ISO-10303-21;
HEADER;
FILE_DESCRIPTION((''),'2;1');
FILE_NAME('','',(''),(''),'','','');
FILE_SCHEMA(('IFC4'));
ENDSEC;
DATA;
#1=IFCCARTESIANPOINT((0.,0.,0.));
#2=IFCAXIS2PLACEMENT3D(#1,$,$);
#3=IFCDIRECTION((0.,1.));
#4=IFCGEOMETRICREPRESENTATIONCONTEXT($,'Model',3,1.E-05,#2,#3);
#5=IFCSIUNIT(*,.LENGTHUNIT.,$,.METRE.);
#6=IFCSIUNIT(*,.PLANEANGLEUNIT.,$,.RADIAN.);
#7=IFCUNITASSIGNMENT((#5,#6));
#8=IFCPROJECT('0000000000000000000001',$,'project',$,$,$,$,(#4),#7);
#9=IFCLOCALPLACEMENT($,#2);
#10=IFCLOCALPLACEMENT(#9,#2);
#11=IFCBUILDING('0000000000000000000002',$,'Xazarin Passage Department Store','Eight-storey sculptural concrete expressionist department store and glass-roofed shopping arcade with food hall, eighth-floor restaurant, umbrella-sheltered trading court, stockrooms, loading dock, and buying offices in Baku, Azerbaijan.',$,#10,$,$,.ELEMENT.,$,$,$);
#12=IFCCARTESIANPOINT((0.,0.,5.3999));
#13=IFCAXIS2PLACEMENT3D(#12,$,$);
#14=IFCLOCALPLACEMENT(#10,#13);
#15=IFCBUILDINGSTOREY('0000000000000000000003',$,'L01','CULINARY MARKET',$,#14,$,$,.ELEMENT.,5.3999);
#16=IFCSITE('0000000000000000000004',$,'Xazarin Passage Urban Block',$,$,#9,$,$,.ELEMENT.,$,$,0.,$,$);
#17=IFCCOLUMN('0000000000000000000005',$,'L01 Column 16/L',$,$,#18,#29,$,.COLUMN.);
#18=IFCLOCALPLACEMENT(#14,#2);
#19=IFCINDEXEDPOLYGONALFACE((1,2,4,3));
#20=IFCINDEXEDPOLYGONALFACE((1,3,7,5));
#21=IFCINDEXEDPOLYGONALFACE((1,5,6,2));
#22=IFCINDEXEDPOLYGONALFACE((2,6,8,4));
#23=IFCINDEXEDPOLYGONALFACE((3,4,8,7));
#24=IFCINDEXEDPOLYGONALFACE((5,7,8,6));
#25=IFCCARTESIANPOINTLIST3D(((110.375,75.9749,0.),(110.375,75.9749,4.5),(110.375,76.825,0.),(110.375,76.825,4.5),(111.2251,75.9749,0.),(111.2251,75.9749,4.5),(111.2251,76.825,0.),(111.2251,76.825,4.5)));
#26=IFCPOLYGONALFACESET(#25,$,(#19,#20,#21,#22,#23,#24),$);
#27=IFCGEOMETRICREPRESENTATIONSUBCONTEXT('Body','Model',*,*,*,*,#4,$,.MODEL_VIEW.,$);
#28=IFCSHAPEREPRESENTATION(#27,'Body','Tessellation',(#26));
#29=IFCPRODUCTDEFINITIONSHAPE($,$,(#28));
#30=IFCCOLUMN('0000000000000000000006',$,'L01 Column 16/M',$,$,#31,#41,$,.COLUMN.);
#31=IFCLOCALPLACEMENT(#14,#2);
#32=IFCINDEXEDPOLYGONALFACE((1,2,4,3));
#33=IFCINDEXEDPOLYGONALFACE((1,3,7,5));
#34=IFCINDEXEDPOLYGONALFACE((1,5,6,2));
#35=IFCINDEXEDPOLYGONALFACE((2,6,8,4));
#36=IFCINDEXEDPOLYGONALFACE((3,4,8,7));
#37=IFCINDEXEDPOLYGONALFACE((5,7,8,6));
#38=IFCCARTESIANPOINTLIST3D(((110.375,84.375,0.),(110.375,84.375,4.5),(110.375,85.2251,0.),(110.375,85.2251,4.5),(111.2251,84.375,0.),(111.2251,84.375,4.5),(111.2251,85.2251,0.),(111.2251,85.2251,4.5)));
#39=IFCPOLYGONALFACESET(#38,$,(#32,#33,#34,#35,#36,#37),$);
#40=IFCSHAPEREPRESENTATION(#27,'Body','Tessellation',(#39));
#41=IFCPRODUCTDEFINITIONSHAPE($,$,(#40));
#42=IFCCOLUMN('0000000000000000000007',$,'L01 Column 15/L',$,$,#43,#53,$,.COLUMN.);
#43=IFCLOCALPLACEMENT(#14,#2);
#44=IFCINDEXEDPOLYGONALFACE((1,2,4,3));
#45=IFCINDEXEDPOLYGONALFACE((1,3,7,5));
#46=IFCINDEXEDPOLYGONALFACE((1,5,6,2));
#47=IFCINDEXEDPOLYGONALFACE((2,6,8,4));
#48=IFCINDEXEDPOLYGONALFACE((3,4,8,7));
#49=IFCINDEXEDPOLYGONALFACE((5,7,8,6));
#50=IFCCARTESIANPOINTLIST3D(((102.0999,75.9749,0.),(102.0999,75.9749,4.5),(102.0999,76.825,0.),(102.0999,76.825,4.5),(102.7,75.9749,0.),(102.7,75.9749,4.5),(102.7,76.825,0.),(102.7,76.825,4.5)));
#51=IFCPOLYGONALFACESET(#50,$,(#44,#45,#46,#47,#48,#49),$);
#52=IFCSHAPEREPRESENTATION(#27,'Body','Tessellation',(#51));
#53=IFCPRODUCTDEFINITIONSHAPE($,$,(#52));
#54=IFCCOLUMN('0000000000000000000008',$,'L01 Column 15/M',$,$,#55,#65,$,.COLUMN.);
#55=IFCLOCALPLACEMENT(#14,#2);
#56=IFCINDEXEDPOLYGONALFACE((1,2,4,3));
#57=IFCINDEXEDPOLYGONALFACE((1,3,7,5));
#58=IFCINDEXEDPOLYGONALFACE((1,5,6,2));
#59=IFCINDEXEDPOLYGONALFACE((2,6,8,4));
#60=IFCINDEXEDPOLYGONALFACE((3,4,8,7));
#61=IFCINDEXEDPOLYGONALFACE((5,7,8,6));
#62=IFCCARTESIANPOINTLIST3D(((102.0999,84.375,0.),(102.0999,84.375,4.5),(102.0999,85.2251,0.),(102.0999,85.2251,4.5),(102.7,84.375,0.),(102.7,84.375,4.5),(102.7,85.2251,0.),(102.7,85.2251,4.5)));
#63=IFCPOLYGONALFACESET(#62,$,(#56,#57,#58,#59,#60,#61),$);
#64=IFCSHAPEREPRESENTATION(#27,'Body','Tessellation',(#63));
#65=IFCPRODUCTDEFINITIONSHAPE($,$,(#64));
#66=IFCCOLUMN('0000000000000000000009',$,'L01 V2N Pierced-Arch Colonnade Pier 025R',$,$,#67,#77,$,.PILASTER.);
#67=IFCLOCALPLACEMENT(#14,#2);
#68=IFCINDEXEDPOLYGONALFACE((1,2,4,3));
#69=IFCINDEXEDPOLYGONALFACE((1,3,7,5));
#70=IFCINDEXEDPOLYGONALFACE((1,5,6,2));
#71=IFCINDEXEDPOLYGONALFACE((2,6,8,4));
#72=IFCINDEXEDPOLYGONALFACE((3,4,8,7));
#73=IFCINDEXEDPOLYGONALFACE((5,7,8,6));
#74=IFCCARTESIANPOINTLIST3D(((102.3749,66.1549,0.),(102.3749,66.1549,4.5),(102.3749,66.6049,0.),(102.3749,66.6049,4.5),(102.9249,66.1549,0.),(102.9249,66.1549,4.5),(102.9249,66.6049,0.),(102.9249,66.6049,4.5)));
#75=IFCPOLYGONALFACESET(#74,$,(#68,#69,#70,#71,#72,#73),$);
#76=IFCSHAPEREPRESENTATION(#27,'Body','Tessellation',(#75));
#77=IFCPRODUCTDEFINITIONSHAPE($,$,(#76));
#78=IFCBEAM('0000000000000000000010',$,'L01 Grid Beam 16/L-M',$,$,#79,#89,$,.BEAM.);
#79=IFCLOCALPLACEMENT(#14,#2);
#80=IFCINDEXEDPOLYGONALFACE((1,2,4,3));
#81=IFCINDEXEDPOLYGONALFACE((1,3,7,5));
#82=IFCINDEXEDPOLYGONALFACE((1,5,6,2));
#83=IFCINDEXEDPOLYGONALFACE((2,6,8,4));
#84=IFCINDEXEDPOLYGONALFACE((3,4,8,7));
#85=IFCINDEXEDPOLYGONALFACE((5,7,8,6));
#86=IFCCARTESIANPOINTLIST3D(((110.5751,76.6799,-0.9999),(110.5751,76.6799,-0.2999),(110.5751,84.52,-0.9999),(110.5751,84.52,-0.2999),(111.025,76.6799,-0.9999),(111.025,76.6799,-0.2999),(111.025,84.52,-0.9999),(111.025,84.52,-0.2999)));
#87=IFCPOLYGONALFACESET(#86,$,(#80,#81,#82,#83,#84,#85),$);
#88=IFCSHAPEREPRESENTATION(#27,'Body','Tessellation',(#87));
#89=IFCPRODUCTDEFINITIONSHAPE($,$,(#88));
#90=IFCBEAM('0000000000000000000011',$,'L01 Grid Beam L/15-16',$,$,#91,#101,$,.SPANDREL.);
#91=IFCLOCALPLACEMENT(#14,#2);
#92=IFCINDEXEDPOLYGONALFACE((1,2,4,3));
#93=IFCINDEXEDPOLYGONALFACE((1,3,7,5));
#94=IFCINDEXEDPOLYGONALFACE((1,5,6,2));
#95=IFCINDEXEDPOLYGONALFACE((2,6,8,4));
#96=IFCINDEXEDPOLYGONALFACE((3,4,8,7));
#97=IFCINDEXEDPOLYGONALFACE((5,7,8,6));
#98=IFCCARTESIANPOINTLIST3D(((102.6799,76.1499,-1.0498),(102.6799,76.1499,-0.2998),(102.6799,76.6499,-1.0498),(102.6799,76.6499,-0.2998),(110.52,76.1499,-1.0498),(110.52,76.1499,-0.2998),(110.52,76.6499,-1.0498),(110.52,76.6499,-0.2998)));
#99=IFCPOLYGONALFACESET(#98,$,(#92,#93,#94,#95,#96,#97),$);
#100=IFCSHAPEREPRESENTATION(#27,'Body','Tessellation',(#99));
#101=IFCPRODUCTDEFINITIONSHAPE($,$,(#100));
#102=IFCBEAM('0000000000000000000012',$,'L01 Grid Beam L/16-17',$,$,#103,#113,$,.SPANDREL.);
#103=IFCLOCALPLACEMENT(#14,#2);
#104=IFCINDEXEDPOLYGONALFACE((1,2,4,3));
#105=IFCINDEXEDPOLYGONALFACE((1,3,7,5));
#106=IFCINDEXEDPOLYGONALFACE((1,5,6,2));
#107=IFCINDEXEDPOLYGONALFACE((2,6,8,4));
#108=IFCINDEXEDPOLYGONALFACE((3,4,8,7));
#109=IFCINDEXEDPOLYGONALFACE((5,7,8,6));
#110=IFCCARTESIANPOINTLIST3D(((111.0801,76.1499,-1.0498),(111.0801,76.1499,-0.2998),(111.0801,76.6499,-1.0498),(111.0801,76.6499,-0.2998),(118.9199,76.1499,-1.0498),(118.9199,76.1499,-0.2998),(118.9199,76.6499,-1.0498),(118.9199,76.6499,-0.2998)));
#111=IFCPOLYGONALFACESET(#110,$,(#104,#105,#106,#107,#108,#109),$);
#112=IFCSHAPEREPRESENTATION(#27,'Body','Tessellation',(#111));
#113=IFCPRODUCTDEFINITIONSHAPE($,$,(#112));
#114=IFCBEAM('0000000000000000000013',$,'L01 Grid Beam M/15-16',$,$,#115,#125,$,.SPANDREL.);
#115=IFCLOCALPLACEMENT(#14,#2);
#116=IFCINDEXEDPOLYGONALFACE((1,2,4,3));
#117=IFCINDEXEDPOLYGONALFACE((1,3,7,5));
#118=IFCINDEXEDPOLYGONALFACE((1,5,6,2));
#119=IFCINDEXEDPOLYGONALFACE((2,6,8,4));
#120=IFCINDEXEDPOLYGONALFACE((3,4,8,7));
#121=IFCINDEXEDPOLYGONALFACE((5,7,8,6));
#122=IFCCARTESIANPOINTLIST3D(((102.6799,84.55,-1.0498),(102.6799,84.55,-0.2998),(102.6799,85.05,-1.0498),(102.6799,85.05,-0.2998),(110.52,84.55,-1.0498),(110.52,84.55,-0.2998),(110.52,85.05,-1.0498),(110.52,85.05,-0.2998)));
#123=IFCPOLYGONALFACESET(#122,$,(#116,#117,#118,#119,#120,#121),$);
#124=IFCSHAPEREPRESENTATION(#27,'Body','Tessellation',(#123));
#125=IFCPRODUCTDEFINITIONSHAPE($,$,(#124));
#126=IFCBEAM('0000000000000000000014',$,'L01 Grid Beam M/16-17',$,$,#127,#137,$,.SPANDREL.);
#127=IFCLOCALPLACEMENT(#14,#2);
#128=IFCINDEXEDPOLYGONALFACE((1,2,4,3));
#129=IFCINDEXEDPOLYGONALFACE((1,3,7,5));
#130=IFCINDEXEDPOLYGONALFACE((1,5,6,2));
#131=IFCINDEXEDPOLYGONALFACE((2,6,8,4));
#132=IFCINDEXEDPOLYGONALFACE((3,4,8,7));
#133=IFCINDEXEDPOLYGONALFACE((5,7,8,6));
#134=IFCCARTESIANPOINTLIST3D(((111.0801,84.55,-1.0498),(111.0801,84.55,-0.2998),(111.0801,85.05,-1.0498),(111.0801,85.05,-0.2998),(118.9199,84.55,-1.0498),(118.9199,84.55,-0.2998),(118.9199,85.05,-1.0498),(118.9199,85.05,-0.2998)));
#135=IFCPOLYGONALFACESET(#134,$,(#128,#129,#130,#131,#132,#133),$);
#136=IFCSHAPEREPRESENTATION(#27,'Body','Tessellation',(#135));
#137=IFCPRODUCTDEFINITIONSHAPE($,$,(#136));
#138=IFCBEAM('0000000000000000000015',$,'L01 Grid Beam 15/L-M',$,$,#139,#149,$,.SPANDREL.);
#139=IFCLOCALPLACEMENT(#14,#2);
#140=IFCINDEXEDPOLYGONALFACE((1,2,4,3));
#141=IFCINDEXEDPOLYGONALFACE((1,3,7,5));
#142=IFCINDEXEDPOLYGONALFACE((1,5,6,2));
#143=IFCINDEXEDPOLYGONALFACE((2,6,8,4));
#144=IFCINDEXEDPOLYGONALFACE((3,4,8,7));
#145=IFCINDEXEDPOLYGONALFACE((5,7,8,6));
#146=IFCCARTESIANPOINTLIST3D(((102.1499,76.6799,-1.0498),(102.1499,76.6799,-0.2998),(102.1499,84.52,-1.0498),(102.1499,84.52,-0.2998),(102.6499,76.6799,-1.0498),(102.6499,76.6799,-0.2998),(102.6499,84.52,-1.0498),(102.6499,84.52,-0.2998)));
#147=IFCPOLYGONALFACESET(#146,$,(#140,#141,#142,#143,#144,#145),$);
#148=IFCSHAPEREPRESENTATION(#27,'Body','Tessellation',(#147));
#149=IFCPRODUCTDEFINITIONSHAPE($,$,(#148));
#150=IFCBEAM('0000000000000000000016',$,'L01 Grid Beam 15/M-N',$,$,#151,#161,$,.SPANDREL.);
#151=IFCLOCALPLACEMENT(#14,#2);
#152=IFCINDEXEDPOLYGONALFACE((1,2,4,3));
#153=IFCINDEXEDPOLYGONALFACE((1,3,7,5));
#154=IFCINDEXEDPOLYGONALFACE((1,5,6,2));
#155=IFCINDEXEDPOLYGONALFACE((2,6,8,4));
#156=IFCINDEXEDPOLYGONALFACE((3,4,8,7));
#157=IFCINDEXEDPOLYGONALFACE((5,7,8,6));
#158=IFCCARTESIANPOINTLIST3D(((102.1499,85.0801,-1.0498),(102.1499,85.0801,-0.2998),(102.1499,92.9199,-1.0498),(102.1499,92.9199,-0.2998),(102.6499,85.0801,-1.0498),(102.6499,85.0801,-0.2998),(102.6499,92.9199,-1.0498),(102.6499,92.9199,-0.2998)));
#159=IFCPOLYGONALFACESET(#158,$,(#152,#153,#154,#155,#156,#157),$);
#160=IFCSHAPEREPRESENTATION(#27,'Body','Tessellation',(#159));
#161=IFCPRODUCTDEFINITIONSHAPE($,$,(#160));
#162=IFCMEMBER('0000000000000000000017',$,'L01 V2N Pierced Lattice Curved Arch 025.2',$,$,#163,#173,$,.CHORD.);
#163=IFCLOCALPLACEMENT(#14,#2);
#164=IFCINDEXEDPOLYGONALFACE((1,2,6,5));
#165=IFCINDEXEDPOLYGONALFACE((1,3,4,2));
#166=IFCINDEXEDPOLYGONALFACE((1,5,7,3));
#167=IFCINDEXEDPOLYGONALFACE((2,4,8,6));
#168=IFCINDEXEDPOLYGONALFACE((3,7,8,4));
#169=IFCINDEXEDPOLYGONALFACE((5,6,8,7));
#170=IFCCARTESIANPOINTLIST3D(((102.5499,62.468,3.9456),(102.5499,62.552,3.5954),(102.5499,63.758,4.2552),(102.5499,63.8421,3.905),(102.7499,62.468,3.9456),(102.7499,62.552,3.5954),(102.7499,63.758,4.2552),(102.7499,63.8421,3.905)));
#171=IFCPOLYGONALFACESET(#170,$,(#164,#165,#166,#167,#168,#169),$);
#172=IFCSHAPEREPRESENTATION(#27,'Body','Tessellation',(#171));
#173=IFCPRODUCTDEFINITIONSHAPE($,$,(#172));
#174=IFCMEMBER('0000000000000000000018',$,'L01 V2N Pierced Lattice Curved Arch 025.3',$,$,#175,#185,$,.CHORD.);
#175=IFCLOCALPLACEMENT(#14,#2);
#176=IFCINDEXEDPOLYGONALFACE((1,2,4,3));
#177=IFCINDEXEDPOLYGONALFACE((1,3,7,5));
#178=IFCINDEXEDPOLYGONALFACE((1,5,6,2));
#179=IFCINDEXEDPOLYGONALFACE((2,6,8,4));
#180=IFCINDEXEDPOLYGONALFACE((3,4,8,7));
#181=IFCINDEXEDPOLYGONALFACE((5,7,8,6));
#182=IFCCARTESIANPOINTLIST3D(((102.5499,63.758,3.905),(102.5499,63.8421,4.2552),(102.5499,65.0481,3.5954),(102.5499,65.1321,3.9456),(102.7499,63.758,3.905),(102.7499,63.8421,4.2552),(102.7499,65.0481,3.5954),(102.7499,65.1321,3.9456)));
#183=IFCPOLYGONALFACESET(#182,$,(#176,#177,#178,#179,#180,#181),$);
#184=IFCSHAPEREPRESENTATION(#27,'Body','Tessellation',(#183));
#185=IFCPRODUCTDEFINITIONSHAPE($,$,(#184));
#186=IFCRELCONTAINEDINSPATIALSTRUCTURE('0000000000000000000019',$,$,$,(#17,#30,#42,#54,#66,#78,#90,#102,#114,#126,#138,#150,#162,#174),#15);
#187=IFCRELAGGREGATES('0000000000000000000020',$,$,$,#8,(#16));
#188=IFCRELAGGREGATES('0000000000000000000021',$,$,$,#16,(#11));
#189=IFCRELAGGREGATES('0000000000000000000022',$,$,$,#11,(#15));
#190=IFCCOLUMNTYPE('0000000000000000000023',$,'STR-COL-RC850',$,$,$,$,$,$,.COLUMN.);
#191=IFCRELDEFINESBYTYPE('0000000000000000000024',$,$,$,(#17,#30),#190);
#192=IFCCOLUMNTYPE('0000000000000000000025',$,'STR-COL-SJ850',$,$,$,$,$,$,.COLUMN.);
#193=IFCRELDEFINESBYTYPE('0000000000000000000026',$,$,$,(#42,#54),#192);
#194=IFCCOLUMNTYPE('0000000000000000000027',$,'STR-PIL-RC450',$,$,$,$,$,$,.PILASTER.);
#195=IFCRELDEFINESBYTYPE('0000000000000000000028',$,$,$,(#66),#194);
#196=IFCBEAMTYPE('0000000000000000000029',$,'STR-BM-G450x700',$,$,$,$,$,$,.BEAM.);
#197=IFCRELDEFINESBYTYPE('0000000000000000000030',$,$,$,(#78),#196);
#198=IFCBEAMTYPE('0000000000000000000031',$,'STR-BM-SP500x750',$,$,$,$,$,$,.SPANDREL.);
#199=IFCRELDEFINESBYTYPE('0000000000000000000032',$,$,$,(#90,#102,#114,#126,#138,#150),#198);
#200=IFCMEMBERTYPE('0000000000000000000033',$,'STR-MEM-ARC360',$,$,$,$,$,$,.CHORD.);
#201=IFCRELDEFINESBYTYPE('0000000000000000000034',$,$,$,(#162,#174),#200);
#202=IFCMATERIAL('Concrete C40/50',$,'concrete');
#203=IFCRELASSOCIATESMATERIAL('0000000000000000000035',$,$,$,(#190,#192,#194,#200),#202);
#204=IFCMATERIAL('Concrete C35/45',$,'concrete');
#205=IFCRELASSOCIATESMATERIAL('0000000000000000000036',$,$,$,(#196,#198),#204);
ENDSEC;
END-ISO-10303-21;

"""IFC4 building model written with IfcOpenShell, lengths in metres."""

from ifc_helpers import new_model, si_unit, direction, frame, origin, origin_2d, place, context, subcontext, project, spatial, rectangle, extrude, material, material_profile, profile_set, type_object, element, save


model = new_model("IFC4")

# Units and contexts
model_context = context("Model", 3, precision=1e-05, world=origin(), true_north=direction((0.0, 1.0)))
body_context = subcontext(model_context, "Body", "Model", "MODEL_VIEW")
ifc_project = project(units=[si_unit("LENGTHUNIT", "METRE"), si_unit("PLANEANGLEUNIT", "RADIAN")], contexts=[model_context])

# Site, building, storey
site_placement = place(None, origin())
site = spatial("IfcSite", under=ifc_project, at=site_placement, Name="Xazarin Passage Urban Block", CompositionType="ELEMENT", RefElevation=0.0)
building_placement = place(site_placement, origin())
building = spatial("IfcBuilding", under=site, at=building_placement, Name="Xazarin Passage Department Store", Description="Eight-storey sculptural concrete expressionist department store and glass-roofed shopping arcade with food hall, eighth-floor restaurant, umbrella-sheltered trading court, stockrooms, loading dock, and buying offices in Baku, Azerbaijan.", CompositionType="ELEMENT")
storey_placement = place(building_placement, frame((0.0, 0.0, 5.3999)))
storey = spatial("IfcBuildingStorey", under=building, at=storey_placement, Name="L01", Description="CULINARY MARKET", CompositionType="ELEMENT", Elevation=5.3999)

# Columns
ifc_material_1 = material(Name="Concrete C40/50", Category="concrete")
ifc_material_profile_1 = material_profile(ifc_material_1, rectangle(XDim=0.8501, YDim=0.8501, at=origin_2d()), Name="RC 850x850")
ifc_profile_set_1 = profile_set([ifc_material_profile_1], Name="Concrete C40/50")
column_type_1 = type_object("IfcColumnType", Name="STR-COL-RC850", PredefinedType="COLUMN", material=ifc_profile_set_1)
for number, where, z_axis, x_axis, name in (
    (1, (110.8, 76.3999, 0.0), (0.0, 0.0, 1.0), (1.0, 0.0, 0.0), "L01 Column 16/L"),
    (2, (110.8, 84.8, 0.0), (0.0, 0.0, 1.0), (1.0, 0.0, 0.0), "L01 Column 16/M"),
):
    element("IfcColumn", number, at=place(storey_placement, frame(where, z_axis=z_axis, x_axis=x_axis)), inside=storey, type_object=column_type_1, Name=name, PredefinedType="COLUMN", context=body_context, shape_type="SweptSolid", body=[
        extrude(rectangle(XDim=0.8501, YDim=0.8501, at=origin_2d()), origin(), (0.0, 0.0, 1.0), 4.5),
    ])
ifc_material_profile_2 = material_profile(ifc_material_1, rectangle(XDim=0.6001, YDim=0.8501, at=origin_2d()), Name="RC 600x850")
ifc_profile_set_2 = profile_set([ifc_material_profile_2], Name="Concrete C40/50")
column_type_2 = type_object("IfcColumnType", Name="STR-COL-SJ850", PredefinedType="COLUMN", material=ifc_profile_set_2)
for number, where, z_axis, x_axis, name in (
    (3, (102.3999, 76.3999, 0.0), (0.0, 0.0, 1.0), (1.0, 0.0, 0.0), "L01 Column 15/L"),
    (4, (102.3999, 84.8, 0.0), (0.0, 0.0, 1.0), (1.0, 0.0, 0.0), "L01 Column 15/M"),
):
    element("IfcColumn", number, at=place(storey_placement, frame(where, z_axis=z_axis, x_axis=x_axis)), inside=storey, type_object=column_type_2, Name=name, PredefinedType="COLUMN", context=body_context, shape_type="SweptSolid", body=[
        extrude(rectangle(XDim=0.6001, YDim=0.8501, at=origin_2d()), origin(), (0.0, 0.0, 1.0), 4.5),
    ])
ifc_material_profile_3 = material_profile(ifc_material_1, rectangle(XDim=0.45, YDim=0.55, at=origin_2d()), Name="RC 450x550")
ifc_profile_set_3 = profile_set([ifc_material_profile_3], Name="Concrete C40/50")
column_type_3 = type_object("IfcColumnType", Name="STR-PIL-RC450", PredefinedType="PILASTER", material=ifc_profile_set_3)
column_placement = place(storey_placement, frame((102.6499, 66.3799, 0.0), z_axis=(0.0, 0.0, 1.0), x_axis=(0.0, 1.0, 0.0)))
element("IfcColumn", 5, at=column_placement, inside=storey, type_object=column_type_3, Name="L01 V2N Pierced-Arch Colonnade Pier 025R", PredefinedType="PILASTER", context=body_context, shape_type="SweptSolid", body=[
    extrude(rectangle(XDim=0.45, YDim=0.55, at=origin_2d()), origin(), (0.0, 0.0, 1.0), 4.5),
])

# Beams
ifc_material_2 = material(Name="Concrete C35/45", Category="concrete")
ifc_material_profile_4 = material_profile(ifc_material_2, rectangle(XDim=0.45, YDim=0.7, at=origin_2d()), Name="RC 450x700")
ifc_profile_set_4 = profile_set([ifc_material_profile_4], Name="Concrete C35/45")
beam_type_1 = type_object("IfcBeamType", Name="STR-BM-G450x700", PredefinedType="BEAM", material=ifc_profile_set_4)
beam_1_placement = place(storey_placement, frame((110.8, 76.6799, -0.6499), z_axis=(0.0, 1.0, 0.0), x_axis=(-1.0, 0.0, 0.0)))
element("IfcBeam", 6, at=beam_1_placement, inside=storey, type_object=beam_type_1, Name="L01 Grid Beam 16/L-M", PredefinedType="BEAM", context=body_context, shape_type="SweptSolid", body=[
    extrude(rectangle(XDim=0.45, YDim=0.7, at=origin_2d()), origin(), (0.0, 0.0, 1.0), 7.8401),
])
ifc_material_profile_5 = material_profile(ifc_material_2, rectangle(XDim=0.5, YDim=0.75, at=origin_2d()), Name="RC 500x750")
ifc_profile_set_5 = profile_set([ifc_material_profile_5], Name="Concrete C35/45")
beam_type_2 = type_object("IfcBeamType", Name="STR-BM-SP500x750", PredefinedType="SPANDREL", material=ifc_profile_set_5)
beam_2_placement = place(storey_placement, frame((102.6799, 76.3999, -0.6748), z_axis=(1.0, 0.0, 0.0), x_axis=(0.0, 1.0, 0.0)))
element("IfcBeam", 7, at=beam_2_placement, inside=storey, type_object=beam_type_2, Name="L01 Grid Beam L/15-16", PredefinedType="SPANDREL", context=body_context, shape_type="SweptSolid", body=[
    extrude(rectangle(XDim=0.5, YDim=0.75, at=origin_2d()), origin(), (0.0, 0.0, 1.0), 7.8401),
])
beam_3_placement = place(storey_placement, frame((111.0801, 76.3999, -0.6748), z_axis=(1.0, 0.0, 0.0), x_axis=(0.0, 1.0, 0.0)))
element("IfcBeam", 8, at=beam_3_placement, inside=storey, type_object=beam_type_2, Name="L01 Grid Beam L/16-17", PredefinedType="SPANDREL", context=body_context, shape_type="SweptSolid", body=[
    extrude(rectangle(XDim=0.5, YDim=0.75, at=origin_2d()), origin(), (0.0, 0.0, 1.0), 7.8398),
])
beam_4_placement = place(storey_placement, frame((102.6799, 84.8, -0.6748), z_axis=(1.0, 0.0, 0.0), x_axis=(0.0, 1.0, 0.0)))
element("IfcBeam", 9, at=beam_4_placement, inside=storey, type_object=beam_type_2, Name="L01 Grid Beam M/15-16", PredefinedType="SPANDREL", context=body_context, shape_type="SweptSolid", body=[
    extrude(rectangle(XDim=0.5, YDim=0.75, at=origin_2d()), origin(), (0.0, 0.0, 1.0), 7.8401),
])
beam_5_placement = place(storey_placement, frame((111.0801, 84.8, -0.6748), z_axis=(1.0, 0.0, 0.0), x_axis=(0.0, 1.0, 0.0)))
element("IfcBeam", 10, at=beam_5_placement, inside=storey, type_object=beam_type_2, Name="L01 Grid Beam M/16-17", PredefinedType="SPANDREL", context=body_context, shape_type="SweptSolid", body=[
    extrude(rectangle(XDim=0.5, YDim=0.75, at=origin_2d()), origin(), (0.0, 0.0, 1.0), 7.8398),
])
beam_6_placement = place(storey_placement, frame((102.3999, 76.6799, -0.6748), z_axis=(0.0, 1.0, 0.0), x_axis=(-1.0, 0.0, 0.0)))
element("IfcBeam", 11, at=beam_6_placement, inside=storey, type_object=beam_type_2, Name="L01 Grid Beam 15/L-M", PredefinedType="SPANDREL", context=body_context, shape_type="SweptSolid", body=[
    extrude(rectangle(XDim=0.5, YDim=0.75, at=origin_2d()), origin(), (0.0, 0.0, 1.0), 7.8401),
])
beam_7_placement = place(storey_placement, frame((102.3999, 85.0801, -0.6748), z_axis=(0.0, 1.0, 0.0), x_axis=(-1.0, 0.0, 0.0)))
element("IfcBeam", 12, at=beam_7_placement, inside=storey, type_object=beam_type_2, Name="L01 Grid Beam 15/M-N", PredefinedType="SPANDREL", context=body_context, shape_type="SweptSolid", body=[
    extrude(rectangle(XDim=0.5, YDim=0.75, at=origin_2d()), origin(), (0.0, 0.0, 1.0), 7.8398),
])

# Members
ifc_material_profile_6 = material_profile(ifc_material_1, rectangle(XDim=0.2, YDim=0.3601, at=origin_2d()), Name="RC 200x360")
ifc_profile_set_6 = profile_set([ifc_material_profile_6], Name="Concrete C40/50")
member_type = type_object("IfcMemberType", Name="STR-MEM-ARC360", PredefinedType="CHORD", material=ifc_profile_set_6)
for number, where, z_axis, x_axis, name in (
    (13, (102.6499, 62.51, 3.7705), (0.0, 0.972394, 0.233345), (-1.0, 0.0, 0.0), "L01 V2N Pierced Lattice Curved Arch 025.2"),
    (14, (102.6499, 63.8, 4.0801), (0.0, 0.972394, -0.233345), (-1.0, 0.0, 0.0), "L01 V2N Pierced Lattice Curved Arch 025.3"),
):
    element("IfcMember", number, at=place(storey_placement, frame(where, z_axis=z_axis, x_axis=x_axis)), inside=storey, type_object=member_type, Name=name, PredefinedType="CHORD", context=body_context, shape_type="SweptSolid", body=[
        extrude(rectangle(XDim=0.2, YDim=0.3601, at=origin_2d()), origin(), (0.0, 0.0, 1.0), 1.3267),
    ])

save(model, "model.ifc")
